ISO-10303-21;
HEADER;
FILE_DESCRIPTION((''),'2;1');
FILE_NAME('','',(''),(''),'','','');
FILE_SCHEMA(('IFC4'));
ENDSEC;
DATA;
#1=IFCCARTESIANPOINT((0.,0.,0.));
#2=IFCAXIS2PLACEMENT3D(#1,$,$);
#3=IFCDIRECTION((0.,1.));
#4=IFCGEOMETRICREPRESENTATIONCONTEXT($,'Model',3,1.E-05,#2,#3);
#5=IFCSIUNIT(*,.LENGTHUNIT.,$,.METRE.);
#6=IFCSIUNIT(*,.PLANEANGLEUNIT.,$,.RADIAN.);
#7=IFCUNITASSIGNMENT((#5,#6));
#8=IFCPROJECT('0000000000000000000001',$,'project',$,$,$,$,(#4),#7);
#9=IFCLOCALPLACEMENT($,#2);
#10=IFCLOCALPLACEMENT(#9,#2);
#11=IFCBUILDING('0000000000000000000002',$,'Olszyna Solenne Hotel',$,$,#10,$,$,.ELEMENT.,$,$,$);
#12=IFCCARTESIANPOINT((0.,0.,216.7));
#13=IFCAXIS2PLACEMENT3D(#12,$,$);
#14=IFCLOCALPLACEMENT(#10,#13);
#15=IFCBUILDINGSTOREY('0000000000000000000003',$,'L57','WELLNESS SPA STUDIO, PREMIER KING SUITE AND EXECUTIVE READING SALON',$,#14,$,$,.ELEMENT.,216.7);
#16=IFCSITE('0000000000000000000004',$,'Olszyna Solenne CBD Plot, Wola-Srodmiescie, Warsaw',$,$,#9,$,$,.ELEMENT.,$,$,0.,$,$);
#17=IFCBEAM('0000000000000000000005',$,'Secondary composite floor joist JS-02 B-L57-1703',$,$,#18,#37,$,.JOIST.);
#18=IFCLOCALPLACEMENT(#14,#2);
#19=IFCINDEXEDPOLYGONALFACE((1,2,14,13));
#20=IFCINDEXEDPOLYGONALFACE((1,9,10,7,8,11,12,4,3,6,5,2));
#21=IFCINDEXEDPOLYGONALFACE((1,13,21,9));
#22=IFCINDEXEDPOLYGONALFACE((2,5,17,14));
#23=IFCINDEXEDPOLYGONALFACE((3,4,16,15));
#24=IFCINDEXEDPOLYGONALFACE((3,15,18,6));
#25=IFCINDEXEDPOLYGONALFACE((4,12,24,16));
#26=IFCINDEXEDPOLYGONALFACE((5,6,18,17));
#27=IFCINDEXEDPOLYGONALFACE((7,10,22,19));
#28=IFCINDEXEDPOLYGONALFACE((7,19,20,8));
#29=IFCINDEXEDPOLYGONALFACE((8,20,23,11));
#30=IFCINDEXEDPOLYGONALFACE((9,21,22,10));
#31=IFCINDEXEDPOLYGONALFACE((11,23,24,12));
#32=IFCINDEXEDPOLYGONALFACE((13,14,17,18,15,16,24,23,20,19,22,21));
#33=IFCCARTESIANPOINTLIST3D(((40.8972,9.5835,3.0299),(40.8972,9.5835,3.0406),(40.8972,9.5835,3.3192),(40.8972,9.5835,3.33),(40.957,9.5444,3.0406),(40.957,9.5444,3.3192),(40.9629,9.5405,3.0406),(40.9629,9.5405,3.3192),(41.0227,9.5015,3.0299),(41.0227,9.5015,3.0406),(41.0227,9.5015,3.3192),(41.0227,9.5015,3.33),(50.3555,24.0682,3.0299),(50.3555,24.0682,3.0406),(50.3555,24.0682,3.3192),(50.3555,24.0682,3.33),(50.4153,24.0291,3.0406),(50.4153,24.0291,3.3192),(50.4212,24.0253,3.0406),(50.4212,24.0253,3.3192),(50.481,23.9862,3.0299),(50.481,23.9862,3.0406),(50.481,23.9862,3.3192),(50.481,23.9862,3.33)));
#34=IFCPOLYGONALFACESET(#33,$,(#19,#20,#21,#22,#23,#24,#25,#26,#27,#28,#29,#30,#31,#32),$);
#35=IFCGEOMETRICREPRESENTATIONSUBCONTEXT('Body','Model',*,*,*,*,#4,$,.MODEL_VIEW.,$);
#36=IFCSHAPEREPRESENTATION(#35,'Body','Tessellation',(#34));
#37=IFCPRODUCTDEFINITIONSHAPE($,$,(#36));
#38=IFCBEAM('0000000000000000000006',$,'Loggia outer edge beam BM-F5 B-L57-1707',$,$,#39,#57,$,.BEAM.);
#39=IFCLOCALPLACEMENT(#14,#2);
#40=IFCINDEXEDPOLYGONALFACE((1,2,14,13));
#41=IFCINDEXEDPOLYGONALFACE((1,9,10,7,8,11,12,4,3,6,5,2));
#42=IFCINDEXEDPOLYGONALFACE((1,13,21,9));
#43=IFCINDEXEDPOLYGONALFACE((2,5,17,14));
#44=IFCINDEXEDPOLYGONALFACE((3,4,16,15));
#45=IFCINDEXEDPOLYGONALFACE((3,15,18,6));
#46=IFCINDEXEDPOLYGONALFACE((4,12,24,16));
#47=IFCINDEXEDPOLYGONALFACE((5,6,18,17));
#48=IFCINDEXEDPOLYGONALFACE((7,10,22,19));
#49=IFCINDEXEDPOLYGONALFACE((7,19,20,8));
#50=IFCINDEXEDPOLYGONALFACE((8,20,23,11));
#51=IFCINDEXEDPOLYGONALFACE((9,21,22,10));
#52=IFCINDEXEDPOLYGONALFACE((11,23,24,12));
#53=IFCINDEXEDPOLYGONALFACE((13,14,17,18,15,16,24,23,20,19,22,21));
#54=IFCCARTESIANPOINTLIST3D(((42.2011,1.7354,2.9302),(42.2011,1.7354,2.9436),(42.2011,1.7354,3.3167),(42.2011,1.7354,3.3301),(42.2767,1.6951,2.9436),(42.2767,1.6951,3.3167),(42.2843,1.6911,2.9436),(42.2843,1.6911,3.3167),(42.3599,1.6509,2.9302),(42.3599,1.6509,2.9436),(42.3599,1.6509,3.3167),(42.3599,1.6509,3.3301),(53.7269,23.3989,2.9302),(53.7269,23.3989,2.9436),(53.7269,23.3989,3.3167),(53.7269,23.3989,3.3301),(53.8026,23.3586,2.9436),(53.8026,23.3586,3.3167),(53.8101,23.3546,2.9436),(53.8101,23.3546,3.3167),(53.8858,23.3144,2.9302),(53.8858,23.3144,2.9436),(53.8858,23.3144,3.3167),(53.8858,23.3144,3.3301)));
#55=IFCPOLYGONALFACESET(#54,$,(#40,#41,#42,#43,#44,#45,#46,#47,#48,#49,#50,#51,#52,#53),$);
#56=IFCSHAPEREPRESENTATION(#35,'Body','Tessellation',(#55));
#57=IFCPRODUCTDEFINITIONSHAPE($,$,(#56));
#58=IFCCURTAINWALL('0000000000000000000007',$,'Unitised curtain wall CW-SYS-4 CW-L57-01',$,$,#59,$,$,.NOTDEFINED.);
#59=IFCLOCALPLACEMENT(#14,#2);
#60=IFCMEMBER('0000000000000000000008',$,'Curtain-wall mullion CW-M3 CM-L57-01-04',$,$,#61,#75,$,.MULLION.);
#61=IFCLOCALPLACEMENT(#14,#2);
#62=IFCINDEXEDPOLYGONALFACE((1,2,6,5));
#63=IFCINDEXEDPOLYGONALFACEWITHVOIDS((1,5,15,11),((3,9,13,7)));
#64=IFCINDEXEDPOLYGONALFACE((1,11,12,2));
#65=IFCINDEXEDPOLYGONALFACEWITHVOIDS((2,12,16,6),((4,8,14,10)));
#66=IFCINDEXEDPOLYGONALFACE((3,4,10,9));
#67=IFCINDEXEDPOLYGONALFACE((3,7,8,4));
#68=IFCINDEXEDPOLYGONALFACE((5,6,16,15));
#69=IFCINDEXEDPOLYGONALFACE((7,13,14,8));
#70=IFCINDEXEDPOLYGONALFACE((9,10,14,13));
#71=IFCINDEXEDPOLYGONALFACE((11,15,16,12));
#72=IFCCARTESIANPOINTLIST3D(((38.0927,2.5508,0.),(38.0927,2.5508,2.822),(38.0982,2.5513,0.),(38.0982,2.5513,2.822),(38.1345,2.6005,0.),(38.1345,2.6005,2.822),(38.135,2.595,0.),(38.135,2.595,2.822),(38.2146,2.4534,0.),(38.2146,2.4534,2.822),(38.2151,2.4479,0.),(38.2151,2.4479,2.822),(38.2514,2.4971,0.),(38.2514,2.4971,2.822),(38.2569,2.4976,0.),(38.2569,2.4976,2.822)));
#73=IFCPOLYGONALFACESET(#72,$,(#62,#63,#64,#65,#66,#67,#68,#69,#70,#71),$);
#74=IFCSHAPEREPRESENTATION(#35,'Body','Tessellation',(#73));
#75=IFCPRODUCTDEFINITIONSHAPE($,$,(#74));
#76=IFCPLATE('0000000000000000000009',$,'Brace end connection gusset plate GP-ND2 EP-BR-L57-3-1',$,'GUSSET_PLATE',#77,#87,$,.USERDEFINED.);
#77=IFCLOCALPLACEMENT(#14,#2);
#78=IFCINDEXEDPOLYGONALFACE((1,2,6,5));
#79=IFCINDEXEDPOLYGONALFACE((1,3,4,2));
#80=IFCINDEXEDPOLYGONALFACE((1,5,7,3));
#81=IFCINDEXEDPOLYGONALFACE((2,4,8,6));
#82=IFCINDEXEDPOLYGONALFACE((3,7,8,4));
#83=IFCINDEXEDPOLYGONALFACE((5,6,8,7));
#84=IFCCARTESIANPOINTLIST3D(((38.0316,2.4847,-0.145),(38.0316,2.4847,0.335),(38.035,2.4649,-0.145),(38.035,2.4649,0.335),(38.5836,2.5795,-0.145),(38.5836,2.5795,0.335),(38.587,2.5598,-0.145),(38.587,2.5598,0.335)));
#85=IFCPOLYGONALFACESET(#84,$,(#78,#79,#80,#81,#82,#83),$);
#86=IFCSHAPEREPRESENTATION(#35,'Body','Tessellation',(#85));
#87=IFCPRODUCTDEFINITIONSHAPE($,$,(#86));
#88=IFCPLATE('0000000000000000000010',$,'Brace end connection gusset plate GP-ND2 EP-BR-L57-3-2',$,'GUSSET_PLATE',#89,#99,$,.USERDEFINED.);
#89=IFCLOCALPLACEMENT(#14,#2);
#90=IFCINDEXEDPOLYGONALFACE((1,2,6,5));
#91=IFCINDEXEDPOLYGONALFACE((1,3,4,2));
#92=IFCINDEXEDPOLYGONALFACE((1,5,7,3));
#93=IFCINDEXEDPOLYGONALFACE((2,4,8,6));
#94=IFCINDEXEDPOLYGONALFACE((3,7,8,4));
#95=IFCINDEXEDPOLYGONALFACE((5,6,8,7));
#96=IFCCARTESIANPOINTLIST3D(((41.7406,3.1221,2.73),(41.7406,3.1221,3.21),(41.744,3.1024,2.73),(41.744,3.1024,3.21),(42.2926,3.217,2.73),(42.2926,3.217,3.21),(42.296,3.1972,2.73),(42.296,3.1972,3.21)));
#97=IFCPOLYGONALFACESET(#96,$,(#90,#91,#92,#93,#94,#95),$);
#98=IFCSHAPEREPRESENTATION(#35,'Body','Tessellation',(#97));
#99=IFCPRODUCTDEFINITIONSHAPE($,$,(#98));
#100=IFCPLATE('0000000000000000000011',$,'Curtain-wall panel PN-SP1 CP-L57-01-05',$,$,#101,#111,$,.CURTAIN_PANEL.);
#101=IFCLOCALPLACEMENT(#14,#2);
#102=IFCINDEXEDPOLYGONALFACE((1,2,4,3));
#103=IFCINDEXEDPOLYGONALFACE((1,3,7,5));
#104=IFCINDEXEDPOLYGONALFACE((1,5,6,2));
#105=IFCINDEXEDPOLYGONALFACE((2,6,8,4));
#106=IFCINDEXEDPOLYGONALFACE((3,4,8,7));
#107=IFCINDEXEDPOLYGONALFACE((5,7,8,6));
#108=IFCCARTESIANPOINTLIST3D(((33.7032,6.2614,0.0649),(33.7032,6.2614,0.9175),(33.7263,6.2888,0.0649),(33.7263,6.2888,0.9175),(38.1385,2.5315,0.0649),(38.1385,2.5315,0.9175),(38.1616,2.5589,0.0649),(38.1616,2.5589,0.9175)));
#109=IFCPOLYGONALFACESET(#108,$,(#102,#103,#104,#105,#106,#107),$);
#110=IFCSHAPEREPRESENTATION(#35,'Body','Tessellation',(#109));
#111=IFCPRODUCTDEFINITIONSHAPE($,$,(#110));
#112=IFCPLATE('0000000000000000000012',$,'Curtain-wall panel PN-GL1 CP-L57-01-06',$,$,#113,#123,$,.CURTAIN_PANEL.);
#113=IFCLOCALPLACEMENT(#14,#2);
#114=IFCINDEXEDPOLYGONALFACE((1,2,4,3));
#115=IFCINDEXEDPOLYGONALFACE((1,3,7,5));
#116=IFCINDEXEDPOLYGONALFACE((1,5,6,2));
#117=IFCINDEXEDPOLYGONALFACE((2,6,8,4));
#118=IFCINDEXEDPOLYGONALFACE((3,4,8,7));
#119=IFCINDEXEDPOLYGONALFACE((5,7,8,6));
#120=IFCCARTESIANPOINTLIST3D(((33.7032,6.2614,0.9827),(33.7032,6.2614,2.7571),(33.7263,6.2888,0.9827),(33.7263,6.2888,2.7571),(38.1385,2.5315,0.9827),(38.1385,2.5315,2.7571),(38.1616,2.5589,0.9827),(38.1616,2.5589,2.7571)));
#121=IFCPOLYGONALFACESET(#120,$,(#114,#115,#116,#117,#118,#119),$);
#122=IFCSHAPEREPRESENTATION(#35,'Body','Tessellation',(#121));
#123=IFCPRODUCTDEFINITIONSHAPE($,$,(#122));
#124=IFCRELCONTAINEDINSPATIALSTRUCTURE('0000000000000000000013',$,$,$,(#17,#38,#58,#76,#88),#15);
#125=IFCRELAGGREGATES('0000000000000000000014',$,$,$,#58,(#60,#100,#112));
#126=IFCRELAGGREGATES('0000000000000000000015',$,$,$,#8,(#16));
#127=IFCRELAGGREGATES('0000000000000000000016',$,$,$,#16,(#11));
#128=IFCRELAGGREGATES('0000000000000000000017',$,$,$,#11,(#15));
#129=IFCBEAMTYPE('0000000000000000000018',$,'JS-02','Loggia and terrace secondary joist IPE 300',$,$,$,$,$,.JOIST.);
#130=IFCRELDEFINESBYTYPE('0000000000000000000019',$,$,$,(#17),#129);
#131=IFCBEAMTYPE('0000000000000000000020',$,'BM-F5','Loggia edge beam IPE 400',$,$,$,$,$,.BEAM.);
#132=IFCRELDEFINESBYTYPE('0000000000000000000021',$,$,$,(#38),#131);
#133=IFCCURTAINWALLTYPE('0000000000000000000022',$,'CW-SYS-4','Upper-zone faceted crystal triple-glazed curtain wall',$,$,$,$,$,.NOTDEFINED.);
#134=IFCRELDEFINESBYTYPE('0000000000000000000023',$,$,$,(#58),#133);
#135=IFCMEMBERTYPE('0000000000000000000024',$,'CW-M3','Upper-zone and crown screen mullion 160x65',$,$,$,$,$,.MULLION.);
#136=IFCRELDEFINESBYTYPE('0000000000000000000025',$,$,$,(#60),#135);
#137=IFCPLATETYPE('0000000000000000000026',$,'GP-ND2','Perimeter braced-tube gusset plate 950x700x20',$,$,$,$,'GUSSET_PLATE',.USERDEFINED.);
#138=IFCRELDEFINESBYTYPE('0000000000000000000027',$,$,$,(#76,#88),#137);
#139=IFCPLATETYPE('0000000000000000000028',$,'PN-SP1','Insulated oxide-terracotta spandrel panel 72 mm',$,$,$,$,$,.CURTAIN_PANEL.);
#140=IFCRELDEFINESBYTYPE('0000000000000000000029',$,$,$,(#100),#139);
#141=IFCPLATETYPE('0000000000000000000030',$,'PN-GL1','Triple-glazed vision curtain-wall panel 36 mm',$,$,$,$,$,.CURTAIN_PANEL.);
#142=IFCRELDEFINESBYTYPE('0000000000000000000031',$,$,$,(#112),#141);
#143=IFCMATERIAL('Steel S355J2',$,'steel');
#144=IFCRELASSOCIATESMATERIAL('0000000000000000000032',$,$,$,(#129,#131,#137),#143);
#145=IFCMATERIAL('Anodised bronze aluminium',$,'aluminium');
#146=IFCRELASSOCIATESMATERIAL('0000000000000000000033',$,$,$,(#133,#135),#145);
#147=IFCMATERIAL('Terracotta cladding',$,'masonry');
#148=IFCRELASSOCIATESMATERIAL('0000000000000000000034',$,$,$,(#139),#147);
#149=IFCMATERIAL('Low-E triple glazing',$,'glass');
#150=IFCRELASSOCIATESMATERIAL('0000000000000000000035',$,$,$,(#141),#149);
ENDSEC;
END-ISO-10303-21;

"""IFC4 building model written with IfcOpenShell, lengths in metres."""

from ifc_helpers import new_model, si_unit, direction, frame, origin, origin_2d, place, context, subcontext, project, spatial, rectangle, hollow_rectangle, i_section, extrude, source, transform, mapped, material, material_profile, profile_set, type_object, element, aggregate, save


model = new_model("IFC4")

# Units and contexts
model_context = context("Model", 3, precision=1e-05, world=origin(), true_north=direction((0.0, 1.0)))
body_context = subcontext(model_context, "Body", "Model", "MODEL_VIEW")
ifc_project = project(units=[si_unit("LENGTHUNIT", "METRE"), si_unit("PLANEANGLEUNIT", "RADIAN")], contexts=[model_context])

# Site, building, storey
site_placement = place(None, origin())
site = spatial("IfcSite", under=ifc_project, at=site_placement, Name="Olszyna Solenne CBD Plot, Wola-Srodmiescie, Warsaw", CompositionType="ELEMENT", RefElevation=0.0)
building_placement = place(site_placement, origin())
building = spatial("IfcBuilding", under=site, at=building_placement, Name="Olszyna Solenne Hotel", CompositionType="ELEMENT")
storey_placement = place(building_placement, frame((0.0, 0.0, 216.7)))
storey = spatial("IfcBuildingStorey", under=building, at=storey_placement, Name="L57", Description="WELLNESS SPA STUDIO, PREMIER KING SUITE AND EXECUTIVE READING SALON", CompositionType="ELEMENT", Elevation=216.7)

# Shared definitions
ifc_material_1 = material(Name="Steel S355J2", Category="steel")

# Beams
ifc_material_profile_1 = material_profile(ifc_material_1, i_section(OverallWidth=0.1499, OverallDepth=0.3, WebThickness=0.0071, FlangeThickness=0.0107, at=origin_2d()), Name="IPE 300", Category="load-bearing")
ifc_profile_set_1 = profile_set([ifc_material_profile_1], Name="Steel S355J2")
beam_type_1 = type_object("IfcBeamType", Name="JS-02", Description="Loggia and terrace secondary joist IPE 300", PredefinedType="JOIST", material=ifc_profile_set_1)
shared_shape_1 = source(origin(), body_context, "Body", "SweptSolid", [
    extrude(i_section(OverallWidth=0.1499, OverallDepth=0.3, WebThickness=0.0071, FlangeThickness=0.0107, at=origin_2d()), origin(), (0.0, 0.0, 1.0), 17.2993),
])
beam_1_placement = place(storey_placement, frame((40.96, 9.5425, 3.1799), z_axis=(0.546745, 0.837299, 0.0), x_axis=(-0.837299, 0.546745, 0.0)))
element("IfcBeam", 1, at=beam_1_placement, inside=storey, type_object=beam_type_1, Name="Secondary composite floor joist JS-02 B-L57-1703", PredefinedType="JOIST", context=body_context, shape_type="MappedRepresentation", body=[
    mapped(shared_shape_1, transform((0.0, 0.0, 0.0), x_axis=(1.0, 0.0, 0.0), y_axis=(0.0, 1.0, 0.0), z_axis=(0.0, 0.0, 1.0), scale=1.0)),
])
ifc_material_profile_2 = material_profile(ifc_material_1, i_section(OverallWidth=0.1799, OverallDepth=0.3999, WebThickness=0.0085, FlangeThickness=0.0134, at=origin_2d()), Name="IPE 400", Category="load-bearing")
ifc_profile_set_2 = profile_set([ifc_material_profile_2], Name="Steel S355J2")
beam_type_2 = type_object("IfcBeamType", Name="BM-F5", Description="Loggia edge beam IPE 400", PredefinedType="BEAM", material=ifc_profile_set_2)
shared_shape_2 = source(origin(), body_context, "Body", "SweptSolid", [
    extrude(i_section(OverallWidth=0.1799, OverallDepth=0.3999, WebThickness=0.0085, FlangeThickness=0.0134, at=origin_2d()), origin(), (0.0, 0.0, 1.0), 24.5388),
])
beam_2_placement = place(storey_placement, frame((42.2805, 1.6931, 3.1301), z_axis=(0.469699, 0.882827, 0.0), x_axis=(-0.882827, 0.469699, 0.0)))
element("IfcBeam", 2, at=beam_2_placement, inside=storey, type_object=beam_type_2, Name="Loggia outer edge beam BM-F5 B-L57-1707", PredefinedType="BEAM", context=body_context, shape_type="MappedRepresentation", body=[
    mapped(shared_shape_2, transform((0.0, 0.0, 0.0), x_axis=(1.0, 0.0, 0.0), y_axis=(0.0, 1.0, 0.0), z_axis=(0.0, 0.0, 1.0), scale=1.0)),
])

# Curtain wall, member
ifc_material_2 = material(Name="Anodised bronze aluminium", Category="aluminium")
curtain_wall_type = type_object("IfcCurtainWallType", Name="CW-SYS-4", Description="Upper-zone faceted crystal triple-glazed curtain wall", PredefinedType="NOTDEFINED", material=ifc_material_2)
curtain_wall_placement = place(storey_placement, origin())
curtain_wall = element("IfcCurtainWall", 3, at=curtain_wall_placement, inside=storey, type_object=curtain_wall_type, Name="Unitised curtain wall CW-SYS-4 CW-L57-01", PredefinedType="NOTDEFINED")
ifc_material_profile_3 = material_profile(ifc_material_2, hollow_rectangle(XDim=0.0649, YDim=0.1599, WallThickness=0.0039, at=origin_2d()), Name="MULL 160x65x4", Category="load-bearing")
ifc_profile_set_3 = profile_set([ifc_material_profile_3], Name="Anodised bronze aluminium")
member_type_1 = type_object("IfcMemberType", Name="CW-M3", Description="Upper-zone and crown screen mullion 160x65", PredefinedType="MULLION", material=ifc_profile_set_3)
shared_shape_3 = source(origin(), body_context, "Body", "SweptSolid", [
    extrude(hollow_rectangle(XDim=0.0649, YDim=0.1599, WallThickness=0.0039, at=origin_2d()), origin(), (0.0, 0.0, 1.0), 2.822),
])
member_1_placement = place(storey_placement, frame((38.1748, 2.5242, 0.0), z_axis=(0.0, 0.0, 1.0), x_axis=(0.643622, 0.765343, 0.0)))
member_1 = element("IfcMember", 4, at=member_1_placement, type_object=member_type_1, Name="Curtain-wall mullion CW-M3 CM-L57-01-04", PredefinedType="MULLION", context=body_context, shape_type="MappedRepresentation", body=[
    mapped(shared_shape_3, transform((0.0, 0.0, 0.0), x_axis=(1.0, 0.0, 0.0), y_axis=(0.0, 1.0, 0.0), z_axis=(0.0, 0.0, 1.0), scale=1.0)),
])

# Plates
plate_type_1 = type_object("IfcPlateType", Name="GP-ND2", Description="Perimeter braced-tube gusset plate 950x700x20", ElementType="GUSSET_PLATE", PredefinedType="USERDEFINED", material=ifc_material_1)
shared_shape_4 = source(origin(), body_context, "Body", "SweptSolid", [
    extrude(rectangle(XDim=0.5601, YDim=0.02, at=origin_2d()), origin(), (0.0, 0.0, 1.0), 0.48),
])
for number, where, z_axis, x_axis, name in (
    (5, (38.3093, 2.5222, -0.145), (0.0, 0.0, 1.0), (0.985556, 0.16935, 0.0), "Brace end connection gusset plate GP-ND2 EP-BR-L57-3-1"),
    (6, (42.0183, 3.1597, 2.73), (0.0, 0.0, 1.0), (0.985556, 0.16935, 0.0), "Brace end connection gusset plate GP-ND2 EP-BR-L57-3-2"),
):
    element("IfcPlate", number, at=place(storey_placement, frame(where, z_axis=z_axis, x_axis=x_axis)), inside=storey, type_object=plate_type_1, Name=name, ObjectType="GUSSET_PLATE", PredefinedType="USERDEFINED", context=body_context, shape_type="MappedRepresentation", body=[
        mapped(shared_shape_4, transform((0.0, 0.0, 0.0), x_axis=(1.0, 0.0, 0.0), y_axis=(0.0, 1.0, 0.0), z_axis=(0.0, 0.0, 1.0), scale=1.0)),
    ])

# Plates
ifc_material_3 = material(Name="Terracotta cladding", Category="masonry")
plate_type_2 = type_object("IfcPlateType", Name="PN-SP1", Description="Insulated oxide-terracotta spandrel panel 72 mm", PredefinedType="CURTAIN_PANEL", material=ifc_material_3)
shared_shape_5 = source(origin(), body_context, "Body", "SweptSolid", [
    extrude(rectangle(XDim=5.7952, YDim=0.0359, at=origin_2d()), origin(), (0.0, 0.0, 1.0), 0.8525),
])
plate_1_placement = place(storey_placement, frame((35.9324, 4.4102, 0.0649), z_axis=(0.0, 0.0, 1.0), x_axis=(0.765343, -0.643622, 0.0)))
plate_1 = element("IfcPlate", 7, at=plate_1_placement, type_object=plate_type_2, Name="Curtain-wall panel PN-SP1 CP-L57-01-05", PredefinedType="CURTAIN_PANEL", context=body_context, shape_type="MappedRepresentation", body=[
    mapped(shared_shape_5, transform((0.0, 0.0, 0.0), x_axis=(1.0, 0.0, 0.0), y_axis=(0.0, 1.0, 0.0), z_axis=(0.0, 0.0, 1.0), scale=1.0)),
])
ifc_material_4 = material(Name="Low-E triple glazing", Category="glass")
plate_type_3 = type_object("IfcPlateType", Name="PN-GL1", Description="Triple-glazed vision curtain-wall panel 36 mm", PredefinedType="CURTAIN_PANEL", material=ifc_material_4)
shared_shape_6 = source(origin(), body_context, "Body", "SweptSolid", [
    extrude(rectangle(XDim=5.7952, YDim=0.0359, at=origin_2d()), origin(), (0.0, 0.0, 1.0), 1.7744),
])
plate_2_placement = place(storey_placement, frame((35.9324, 4.4102, 0.9827), z_axis=(0.0, 0.0, 1.0), x_axis=(0.765343, -0.643622, 0.0)))
plate_2 = element("IfcPlate", 8, at=plate_2_placement, type_object=plate_type_3, Name="Curtain-wall panel PN-GL1 CP-L57-01-06", PredefinedType="CURTAIN_PANEL", context=body_context, shape_type="MappedRepresentation", body=[
    mapped(shared_shape_6, transform((0.0, 0.0, 0.0), x_axis=(1.0, 0.0, 0.0), y_axis=(0.0, 1.0, 0.0), z_axis=(0.0, 0.0, 1.0), scale=1.0)),
])
aggregate(curtain_wall, [member_1, plate_1, plate_2])

save(model, "model.ifc")
